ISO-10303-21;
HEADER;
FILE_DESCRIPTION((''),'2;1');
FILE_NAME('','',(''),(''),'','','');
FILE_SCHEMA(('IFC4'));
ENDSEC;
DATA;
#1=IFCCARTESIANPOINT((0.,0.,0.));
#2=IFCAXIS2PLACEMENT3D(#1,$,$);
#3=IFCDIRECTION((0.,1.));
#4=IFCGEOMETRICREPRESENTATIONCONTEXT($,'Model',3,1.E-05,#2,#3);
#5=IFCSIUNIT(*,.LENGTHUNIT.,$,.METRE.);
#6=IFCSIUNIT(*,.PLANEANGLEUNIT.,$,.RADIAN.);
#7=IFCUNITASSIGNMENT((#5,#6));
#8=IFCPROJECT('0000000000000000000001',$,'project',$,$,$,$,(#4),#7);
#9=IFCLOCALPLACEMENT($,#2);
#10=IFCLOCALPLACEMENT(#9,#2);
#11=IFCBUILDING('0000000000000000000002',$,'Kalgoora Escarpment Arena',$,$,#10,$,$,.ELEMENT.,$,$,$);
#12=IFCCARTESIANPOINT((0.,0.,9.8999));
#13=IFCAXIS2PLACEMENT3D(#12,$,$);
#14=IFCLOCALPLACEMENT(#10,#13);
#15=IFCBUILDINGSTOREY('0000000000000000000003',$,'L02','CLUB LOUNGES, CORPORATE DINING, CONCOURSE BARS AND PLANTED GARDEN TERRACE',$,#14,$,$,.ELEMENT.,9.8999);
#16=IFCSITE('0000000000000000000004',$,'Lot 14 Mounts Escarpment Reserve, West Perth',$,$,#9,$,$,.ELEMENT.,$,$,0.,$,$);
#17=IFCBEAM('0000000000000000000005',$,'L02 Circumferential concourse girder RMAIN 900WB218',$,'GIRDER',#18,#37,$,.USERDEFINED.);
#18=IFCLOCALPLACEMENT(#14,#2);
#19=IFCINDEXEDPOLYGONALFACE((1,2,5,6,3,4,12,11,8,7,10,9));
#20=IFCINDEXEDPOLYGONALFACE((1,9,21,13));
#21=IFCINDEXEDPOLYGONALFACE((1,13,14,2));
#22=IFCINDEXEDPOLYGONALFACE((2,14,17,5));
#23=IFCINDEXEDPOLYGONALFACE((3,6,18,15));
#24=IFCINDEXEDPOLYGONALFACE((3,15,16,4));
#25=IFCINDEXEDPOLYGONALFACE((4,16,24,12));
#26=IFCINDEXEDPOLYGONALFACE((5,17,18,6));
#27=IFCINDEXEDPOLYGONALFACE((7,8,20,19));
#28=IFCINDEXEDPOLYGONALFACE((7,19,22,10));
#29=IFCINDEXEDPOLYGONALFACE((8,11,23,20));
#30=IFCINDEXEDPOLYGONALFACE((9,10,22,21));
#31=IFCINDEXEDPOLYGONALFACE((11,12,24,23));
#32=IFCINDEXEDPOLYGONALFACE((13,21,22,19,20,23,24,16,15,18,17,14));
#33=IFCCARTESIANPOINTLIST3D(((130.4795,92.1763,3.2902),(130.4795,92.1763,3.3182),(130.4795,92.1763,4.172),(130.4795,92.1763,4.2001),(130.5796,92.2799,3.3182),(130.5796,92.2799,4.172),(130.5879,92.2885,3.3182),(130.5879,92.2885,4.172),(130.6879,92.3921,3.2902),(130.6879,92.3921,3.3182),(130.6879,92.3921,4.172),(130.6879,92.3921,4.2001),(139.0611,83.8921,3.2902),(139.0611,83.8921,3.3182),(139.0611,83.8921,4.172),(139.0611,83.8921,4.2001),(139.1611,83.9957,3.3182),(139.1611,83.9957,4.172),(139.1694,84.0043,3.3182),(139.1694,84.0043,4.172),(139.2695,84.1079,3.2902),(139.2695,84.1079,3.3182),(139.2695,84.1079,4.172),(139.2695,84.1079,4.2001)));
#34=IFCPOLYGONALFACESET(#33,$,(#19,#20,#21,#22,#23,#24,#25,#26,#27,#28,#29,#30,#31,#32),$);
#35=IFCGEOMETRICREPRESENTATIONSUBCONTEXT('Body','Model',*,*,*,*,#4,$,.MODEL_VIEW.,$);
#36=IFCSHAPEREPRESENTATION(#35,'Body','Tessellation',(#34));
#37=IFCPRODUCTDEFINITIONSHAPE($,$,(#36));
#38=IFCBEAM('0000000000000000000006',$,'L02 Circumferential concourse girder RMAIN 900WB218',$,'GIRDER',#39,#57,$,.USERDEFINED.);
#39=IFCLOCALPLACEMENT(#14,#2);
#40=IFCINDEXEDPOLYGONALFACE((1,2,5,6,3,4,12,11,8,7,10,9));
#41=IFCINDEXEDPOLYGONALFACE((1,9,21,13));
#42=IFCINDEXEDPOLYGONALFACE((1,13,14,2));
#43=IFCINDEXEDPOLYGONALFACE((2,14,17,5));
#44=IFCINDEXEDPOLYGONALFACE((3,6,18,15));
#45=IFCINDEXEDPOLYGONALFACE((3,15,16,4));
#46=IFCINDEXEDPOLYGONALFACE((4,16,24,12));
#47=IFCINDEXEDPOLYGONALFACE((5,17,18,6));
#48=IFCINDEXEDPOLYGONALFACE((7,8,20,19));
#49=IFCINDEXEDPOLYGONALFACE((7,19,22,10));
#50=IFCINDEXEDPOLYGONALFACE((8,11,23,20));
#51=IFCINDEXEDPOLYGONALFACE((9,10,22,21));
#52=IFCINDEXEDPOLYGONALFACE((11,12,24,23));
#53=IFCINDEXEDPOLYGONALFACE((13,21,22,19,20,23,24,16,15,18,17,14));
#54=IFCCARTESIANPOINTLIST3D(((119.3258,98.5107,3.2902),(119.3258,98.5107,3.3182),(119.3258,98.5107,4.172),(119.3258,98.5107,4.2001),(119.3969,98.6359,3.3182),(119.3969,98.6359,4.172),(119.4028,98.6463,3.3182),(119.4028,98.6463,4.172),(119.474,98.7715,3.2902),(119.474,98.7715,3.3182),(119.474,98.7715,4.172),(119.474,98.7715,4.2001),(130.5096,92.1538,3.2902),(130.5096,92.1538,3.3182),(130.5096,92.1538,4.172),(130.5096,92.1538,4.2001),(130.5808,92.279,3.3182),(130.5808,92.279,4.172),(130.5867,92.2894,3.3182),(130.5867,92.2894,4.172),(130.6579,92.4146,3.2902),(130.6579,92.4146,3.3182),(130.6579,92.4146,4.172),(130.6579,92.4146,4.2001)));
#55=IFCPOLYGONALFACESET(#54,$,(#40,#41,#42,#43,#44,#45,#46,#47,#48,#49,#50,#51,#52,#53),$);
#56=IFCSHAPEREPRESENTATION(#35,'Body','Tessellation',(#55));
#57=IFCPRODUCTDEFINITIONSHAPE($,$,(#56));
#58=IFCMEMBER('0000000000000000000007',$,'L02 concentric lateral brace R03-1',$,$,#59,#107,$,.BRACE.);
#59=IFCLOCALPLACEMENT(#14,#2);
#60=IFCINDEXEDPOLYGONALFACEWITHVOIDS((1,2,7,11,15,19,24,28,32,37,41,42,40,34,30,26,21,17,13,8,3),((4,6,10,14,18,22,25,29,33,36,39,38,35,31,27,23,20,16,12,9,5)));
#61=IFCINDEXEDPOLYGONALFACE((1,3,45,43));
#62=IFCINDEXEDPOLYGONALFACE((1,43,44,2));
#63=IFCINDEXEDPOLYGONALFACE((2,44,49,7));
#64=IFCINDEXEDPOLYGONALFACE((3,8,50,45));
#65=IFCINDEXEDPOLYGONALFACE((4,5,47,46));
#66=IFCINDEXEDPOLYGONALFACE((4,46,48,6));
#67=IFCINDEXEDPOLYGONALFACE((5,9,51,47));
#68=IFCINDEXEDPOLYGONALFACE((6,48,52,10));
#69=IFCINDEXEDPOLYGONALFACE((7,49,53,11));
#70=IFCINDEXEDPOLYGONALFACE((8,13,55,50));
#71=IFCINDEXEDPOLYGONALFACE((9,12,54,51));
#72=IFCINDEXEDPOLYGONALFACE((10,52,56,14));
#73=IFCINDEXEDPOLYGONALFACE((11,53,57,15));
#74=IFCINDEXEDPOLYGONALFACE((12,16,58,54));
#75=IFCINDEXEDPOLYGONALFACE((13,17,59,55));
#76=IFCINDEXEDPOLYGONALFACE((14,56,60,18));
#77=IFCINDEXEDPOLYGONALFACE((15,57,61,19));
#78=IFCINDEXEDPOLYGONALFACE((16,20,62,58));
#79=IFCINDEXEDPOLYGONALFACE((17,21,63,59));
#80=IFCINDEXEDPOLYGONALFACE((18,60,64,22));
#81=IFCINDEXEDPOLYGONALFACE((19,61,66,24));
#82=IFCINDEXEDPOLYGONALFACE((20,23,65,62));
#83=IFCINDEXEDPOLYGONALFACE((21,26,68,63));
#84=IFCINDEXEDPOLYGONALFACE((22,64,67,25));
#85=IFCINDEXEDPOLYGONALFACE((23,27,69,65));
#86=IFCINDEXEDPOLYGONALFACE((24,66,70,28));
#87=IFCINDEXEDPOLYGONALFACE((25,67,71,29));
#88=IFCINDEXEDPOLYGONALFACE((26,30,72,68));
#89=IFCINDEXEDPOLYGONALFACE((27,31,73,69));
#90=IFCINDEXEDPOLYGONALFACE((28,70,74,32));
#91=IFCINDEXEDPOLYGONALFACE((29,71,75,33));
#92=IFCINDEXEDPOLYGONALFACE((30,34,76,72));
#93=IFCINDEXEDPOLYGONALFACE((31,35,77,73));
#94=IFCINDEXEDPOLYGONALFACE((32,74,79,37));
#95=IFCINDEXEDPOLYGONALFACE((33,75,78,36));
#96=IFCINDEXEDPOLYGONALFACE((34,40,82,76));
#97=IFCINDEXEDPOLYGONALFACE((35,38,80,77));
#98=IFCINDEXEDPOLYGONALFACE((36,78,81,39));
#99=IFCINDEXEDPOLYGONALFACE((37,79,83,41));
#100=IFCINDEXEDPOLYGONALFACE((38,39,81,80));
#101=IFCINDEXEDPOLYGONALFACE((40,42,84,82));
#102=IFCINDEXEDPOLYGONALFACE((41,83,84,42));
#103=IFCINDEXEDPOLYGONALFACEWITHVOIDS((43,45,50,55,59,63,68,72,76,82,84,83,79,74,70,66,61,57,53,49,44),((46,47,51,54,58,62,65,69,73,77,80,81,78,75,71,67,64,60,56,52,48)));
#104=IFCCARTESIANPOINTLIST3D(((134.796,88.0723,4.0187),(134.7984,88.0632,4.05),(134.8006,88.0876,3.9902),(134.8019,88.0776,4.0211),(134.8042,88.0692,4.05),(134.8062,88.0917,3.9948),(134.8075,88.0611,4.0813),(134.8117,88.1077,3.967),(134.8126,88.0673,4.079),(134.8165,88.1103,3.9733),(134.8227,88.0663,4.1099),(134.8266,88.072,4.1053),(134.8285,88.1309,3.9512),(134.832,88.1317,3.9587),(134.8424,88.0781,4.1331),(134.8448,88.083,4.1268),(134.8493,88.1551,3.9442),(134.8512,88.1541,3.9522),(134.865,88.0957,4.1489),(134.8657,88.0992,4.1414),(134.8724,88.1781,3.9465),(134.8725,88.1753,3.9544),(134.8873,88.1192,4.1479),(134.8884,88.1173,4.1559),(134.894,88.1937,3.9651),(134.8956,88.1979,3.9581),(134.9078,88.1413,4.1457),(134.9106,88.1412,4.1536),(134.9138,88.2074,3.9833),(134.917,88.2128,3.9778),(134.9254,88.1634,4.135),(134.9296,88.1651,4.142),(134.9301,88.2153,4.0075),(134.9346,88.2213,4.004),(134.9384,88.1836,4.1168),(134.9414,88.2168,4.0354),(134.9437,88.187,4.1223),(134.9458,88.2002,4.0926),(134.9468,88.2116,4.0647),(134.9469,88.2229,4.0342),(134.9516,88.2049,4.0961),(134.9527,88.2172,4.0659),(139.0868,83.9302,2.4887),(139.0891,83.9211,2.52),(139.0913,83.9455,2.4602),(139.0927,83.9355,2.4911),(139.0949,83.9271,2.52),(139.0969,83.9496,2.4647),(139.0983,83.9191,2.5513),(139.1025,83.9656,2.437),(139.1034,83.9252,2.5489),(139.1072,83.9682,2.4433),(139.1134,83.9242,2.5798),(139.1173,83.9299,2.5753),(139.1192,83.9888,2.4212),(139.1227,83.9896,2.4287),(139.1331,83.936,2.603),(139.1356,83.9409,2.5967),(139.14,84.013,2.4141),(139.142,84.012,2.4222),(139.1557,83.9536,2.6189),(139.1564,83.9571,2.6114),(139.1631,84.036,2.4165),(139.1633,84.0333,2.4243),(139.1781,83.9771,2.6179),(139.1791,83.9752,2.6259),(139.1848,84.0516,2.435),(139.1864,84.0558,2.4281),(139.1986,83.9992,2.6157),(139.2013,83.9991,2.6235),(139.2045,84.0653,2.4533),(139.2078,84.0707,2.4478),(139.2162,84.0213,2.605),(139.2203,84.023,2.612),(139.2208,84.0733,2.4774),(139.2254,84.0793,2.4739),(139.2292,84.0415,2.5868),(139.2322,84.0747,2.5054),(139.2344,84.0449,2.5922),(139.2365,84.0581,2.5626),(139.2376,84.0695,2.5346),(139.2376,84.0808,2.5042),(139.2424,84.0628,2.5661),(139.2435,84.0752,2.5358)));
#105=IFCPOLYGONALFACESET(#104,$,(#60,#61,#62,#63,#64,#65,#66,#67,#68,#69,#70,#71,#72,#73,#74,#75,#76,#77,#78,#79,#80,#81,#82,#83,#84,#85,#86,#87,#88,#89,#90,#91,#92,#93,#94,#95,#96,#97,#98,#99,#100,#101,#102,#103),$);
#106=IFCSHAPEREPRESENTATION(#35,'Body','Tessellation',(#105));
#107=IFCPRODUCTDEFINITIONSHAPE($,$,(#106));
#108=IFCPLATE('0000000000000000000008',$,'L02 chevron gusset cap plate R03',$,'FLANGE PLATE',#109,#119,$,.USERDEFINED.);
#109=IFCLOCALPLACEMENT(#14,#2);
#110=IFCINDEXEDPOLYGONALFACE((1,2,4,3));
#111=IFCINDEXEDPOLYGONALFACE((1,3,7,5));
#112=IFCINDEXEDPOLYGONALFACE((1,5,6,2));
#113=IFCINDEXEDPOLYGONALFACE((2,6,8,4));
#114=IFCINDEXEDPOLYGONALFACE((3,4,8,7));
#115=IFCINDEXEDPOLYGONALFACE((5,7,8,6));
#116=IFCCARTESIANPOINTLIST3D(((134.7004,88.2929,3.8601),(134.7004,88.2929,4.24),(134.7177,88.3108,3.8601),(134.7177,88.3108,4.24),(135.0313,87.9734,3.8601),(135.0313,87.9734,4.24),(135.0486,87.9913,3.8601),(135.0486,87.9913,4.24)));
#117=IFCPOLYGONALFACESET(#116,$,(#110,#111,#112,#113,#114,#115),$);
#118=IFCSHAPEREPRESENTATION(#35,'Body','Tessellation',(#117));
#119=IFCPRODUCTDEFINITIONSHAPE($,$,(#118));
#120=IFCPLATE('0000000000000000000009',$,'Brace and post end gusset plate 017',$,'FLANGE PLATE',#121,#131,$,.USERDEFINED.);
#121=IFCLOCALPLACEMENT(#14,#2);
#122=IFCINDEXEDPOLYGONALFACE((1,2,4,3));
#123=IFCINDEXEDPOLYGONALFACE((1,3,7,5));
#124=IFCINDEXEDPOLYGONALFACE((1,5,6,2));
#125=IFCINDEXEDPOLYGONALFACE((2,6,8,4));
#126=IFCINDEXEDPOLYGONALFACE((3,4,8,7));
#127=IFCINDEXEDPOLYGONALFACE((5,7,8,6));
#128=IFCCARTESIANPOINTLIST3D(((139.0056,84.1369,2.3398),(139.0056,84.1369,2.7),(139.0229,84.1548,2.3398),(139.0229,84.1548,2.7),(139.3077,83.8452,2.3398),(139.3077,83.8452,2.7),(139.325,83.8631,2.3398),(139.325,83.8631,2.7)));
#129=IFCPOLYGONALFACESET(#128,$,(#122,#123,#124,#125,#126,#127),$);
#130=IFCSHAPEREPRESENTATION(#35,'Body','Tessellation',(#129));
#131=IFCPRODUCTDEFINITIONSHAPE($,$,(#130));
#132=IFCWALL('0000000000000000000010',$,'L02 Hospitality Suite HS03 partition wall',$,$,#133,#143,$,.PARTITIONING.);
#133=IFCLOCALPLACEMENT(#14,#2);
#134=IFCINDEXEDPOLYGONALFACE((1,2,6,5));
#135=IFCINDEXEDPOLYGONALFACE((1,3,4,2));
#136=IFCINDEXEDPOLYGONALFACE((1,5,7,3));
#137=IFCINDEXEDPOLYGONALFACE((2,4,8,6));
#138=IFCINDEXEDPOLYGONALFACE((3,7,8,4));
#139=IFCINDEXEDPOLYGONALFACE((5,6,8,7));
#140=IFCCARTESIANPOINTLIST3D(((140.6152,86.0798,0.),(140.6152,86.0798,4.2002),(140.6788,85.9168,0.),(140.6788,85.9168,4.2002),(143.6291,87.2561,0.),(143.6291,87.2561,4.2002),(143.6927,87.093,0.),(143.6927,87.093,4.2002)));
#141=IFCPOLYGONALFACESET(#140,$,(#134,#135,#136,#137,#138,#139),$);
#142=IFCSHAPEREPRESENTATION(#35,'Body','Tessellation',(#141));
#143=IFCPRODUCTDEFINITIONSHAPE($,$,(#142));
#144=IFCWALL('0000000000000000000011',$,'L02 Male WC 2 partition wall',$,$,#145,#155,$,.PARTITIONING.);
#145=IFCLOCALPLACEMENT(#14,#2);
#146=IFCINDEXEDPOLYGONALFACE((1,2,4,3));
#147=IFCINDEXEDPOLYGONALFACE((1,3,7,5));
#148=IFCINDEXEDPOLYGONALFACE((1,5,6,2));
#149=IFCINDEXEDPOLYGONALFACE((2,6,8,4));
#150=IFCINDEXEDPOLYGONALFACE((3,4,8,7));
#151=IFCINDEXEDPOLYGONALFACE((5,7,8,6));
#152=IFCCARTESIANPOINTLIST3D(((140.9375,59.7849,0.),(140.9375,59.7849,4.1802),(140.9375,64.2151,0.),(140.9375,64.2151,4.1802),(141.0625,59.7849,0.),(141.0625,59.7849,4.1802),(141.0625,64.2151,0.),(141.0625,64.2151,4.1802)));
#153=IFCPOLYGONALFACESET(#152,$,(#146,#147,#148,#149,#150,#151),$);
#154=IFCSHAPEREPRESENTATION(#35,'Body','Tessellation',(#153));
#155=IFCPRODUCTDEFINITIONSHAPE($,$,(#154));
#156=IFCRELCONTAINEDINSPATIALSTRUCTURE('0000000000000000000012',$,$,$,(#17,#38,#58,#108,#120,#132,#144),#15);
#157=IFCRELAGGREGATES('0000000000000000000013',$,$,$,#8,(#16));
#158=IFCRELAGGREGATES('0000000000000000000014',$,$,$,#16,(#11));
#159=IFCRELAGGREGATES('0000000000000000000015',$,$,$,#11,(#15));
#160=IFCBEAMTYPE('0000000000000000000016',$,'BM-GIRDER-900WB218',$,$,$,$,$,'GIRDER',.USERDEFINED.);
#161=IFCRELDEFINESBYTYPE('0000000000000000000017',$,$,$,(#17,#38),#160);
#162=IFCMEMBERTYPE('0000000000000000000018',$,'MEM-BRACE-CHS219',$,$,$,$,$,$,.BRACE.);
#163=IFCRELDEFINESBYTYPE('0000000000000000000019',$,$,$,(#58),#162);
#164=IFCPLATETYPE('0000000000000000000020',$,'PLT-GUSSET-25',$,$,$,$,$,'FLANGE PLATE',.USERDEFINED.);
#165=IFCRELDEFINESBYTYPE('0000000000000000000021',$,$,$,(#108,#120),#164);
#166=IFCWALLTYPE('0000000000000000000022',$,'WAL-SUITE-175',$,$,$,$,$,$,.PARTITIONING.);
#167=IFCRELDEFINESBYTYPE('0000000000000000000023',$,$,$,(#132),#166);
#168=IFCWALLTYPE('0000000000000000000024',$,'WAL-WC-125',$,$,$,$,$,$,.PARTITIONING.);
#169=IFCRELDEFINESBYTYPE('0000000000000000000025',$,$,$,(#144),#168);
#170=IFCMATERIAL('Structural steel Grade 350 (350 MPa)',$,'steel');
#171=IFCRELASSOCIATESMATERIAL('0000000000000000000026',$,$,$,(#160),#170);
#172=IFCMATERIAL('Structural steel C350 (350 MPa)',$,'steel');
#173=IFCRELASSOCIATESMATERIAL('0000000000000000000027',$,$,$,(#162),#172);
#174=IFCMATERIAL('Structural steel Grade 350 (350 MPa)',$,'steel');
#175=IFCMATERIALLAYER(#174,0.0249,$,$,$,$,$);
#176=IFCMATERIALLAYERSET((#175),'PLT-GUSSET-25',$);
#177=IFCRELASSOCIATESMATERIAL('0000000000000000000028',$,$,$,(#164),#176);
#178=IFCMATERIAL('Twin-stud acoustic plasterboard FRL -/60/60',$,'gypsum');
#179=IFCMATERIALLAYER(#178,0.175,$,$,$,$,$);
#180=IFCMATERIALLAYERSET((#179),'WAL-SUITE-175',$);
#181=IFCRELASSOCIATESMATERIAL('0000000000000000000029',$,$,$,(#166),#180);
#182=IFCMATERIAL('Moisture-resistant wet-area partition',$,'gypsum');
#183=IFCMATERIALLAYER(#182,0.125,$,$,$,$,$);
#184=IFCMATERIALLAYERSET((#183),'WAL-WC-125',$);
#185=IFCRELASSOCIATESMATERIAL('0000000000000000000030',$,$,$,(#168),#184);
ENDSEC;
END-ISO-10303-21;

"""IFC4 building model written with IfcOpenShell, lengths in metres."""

from ifc_helpers import new_model, si_unit, direction, frame, frame_2d, origin, origin_2d, place, context, subcontext, project, spatial, rectangle, hollow_circle, i_section, extrude, material, layer, layer_set, material_profile, profile_set, type_object, element, save


model = new_model("IFC4")

# Units and contexts
model_context = context("Model", 3, precision=1e-05, world=origin(), true_north=direction((0.0, 1.0)))
body_context = subcontext(model_context, "Body", "Model", "MODEL_VIEW")
ifc_project = project(units=[si_unit("LENGTHUNIT", "METRE"), si_unit("PLANEANGLEUNIT", "RADIAN")], contexts=[model_context])

# Site, building, storey
site_placement = place(None, origin())
site = spatial("IfcSite", under=ifc_project, at=site_placement, Name="Lot 14 Mounts Escarpment Reserve, West Perth", CompositionType="ELEMENT", RefElevation=0.0)
building_placement = place(site_placement, origin())
building = spatial("IfcBuilding", under=site, at=building_placement, Name="Kalgoora Escarpment Arena", CompositionType="ELEMENT")
storey_placement = place(building_placement, frame((0.0, 0.0, 9.8999)))
storey = spatial("IfcBuildingStorey", under=building, at=storey_placement, Name="L02", Description="CLUB LOUNGES, CORPORATE DINING, CONCOURSE BARS AND PLANTED GARDEN TERRACE", CompositionType="ELEMENT", Elevation=9.8999)

# Beams
ifc_material_1 = material(Name="Structural steel Grade 350 (350 MPa)", Category="steel")
ifc_material_profile_1 = material_profile(ifc_material_1, i_section(OverallWidth=0.3, OverallDepth=0.9099, WebThickness=0.012, FlangeThickness=0.0281, at=origin_2d()))
ifc_profile_set_1 = profile_set([ifc_material_profile_1], Name="Structural steel Grade 350 (350 MPa)")
beam_type_1 = type_object("IfcBeamType", Name="BM-GIRDER-900WB218", ElementType="GIRDER", PredefinedType="USERDEFINED", material=ifc_profile_set_1)
beam_1_placement = place(storey_placement, frame((139.1653, 84.0, 3.7451), z_axis=(-0.719462, 0.694532, 0.0), x_axis=(-0.694532, -0.719462, 0.0)))
element("IfcBeam", 1, at=beam_1_placement, inside=storey, type_object=beam_type_1, Name="L02 Circumferential concourse girder RMAIN 900WB218", ObjectType="GIRDER", PredefinedType="USERDEFINED", context=body_context, shape_type="SweptSolid", body=[
    extrude(i_section(OverallWidth=0.3, OverallDepth=0.9099, WebThickness=0.012, FlangeThickness=0.0281, at=origin_2d()), origin(), (0.0, 0.0, 1.0), 11.9277),
])
beam_2_placement = place(storey_placement, frame((130.5837, 92.2842, 3.7451), z_axis=(-0.869374, 0.494155, 0.0), x_axis=(-0.494155, -0.869374, 0.0)))
element("IfcBeam", 2, at=beam_2_placement, inside=storey, type_object=beam_type_1, Name="L02 Circumferential concourse girder RMAIN 900WB218", ObjectType="GIRDER", PredefinedType="USERDEFINED", context=body_context, shape_type="SweptSolid", body=[
    extrude(i_section(OverallWidth=0.3, OverallDepth=0.9099, WebThickness=0.012, FlangeThickness=0.0281, at=origin_2d()), origin(), (0.0, 0.0, 1.0), 12.8643),
])

# Member
ifc_material_2 = material(Name="Structural steel C350 (350 MPa)", Category="steel")
ifc_material_profile_2 = material_profile(ifc_material_2, hollow_circle(Radius=0.1096, WallThickness=0.0083, at=origin_2d()))
ifc_profile_set_2 = profile_set([ifc_material_profile_2], Name="Structural steel C350 (350 MPa)")
member_type = type_object("IfcMemberType", Name="MEM-BRACE-CHS219", PredefinedType="BRACE", material=ifc_profile_set_2)
member_placement = place(storey_placement, frame((139.1653, 84.0, 2.52), z_axis=(-0.696893, 0.672745, 0.248503), x_axis=(-0.694532, -0.719462, 0.0)))
element("IfcMember", 3, at=member_placement, inside=storey, type_object=member_type, Name="L02 concentric lateral brace R03-1", PredefinedType="BRACE", context=body_context, shape_type="SweptSolid", body=[
    extrude(hollow_circle(Radius=0.1096, WallThickness=0.0083, at=origin_2d()), origin(), (0.0, 0.0, 1.0), 6.157),
])

# Plates
ifc_material_3 = material(Name="Structural steel Grade 350 (350 MPa)", Category="steel")
ifc_layer_1 = layer(ifc_material_3, 0.0249)
ifc_layer_set_1 = layer_set([ifc_layer_1], Name="PLT-GUSSET-25")
plate_type = type_object("IfcPlateType", Name="PLT-GUSSET-25", ElementType="FLANGE PLATE", PredefinedType="USERDEFINED", material=ifc_layer_set_1)
plate_1_placement = place(storey_placement, frame((134.8745, 88.1421, 3.8601), z_axis=(0.0, 0.0, 1.0), x_axis=(-0.719461, 0.694533, 0.0)))
element("IfcPlate", 4, at=plate_1_placement, inside=storey, type_object=plate_type, Name="L02 chevron gusset cap plate R03", ObjectType="FLANGE PLATE", PredefinedType="USERDEFINED", context=body_context, shape_type="SweptSolid", body=[
    extrude(rectangle(XDim=0.46, YDim=0.0249, at=origin_2d()), origin(), (0.0, 0.0, 1.0), 0.3799),
])
plate_2_placement = place(storey_placement, frame((139.1653, 84.0, 2.3398), z_axis=(0.0, 0.0, 1.0), x_axis=(-0.71934, 0.694658, 0.0)))
element("IfcPlate", 5, at=plate_2_placement, inside=storey, type_object=plate_type, Name="Brace and post end gusset plate 017", ObjectType="FLANGE PLATE", PredefinedType="USERDEFINED", context=body_context, shape_type="SweptSolid", body=[
    extrude(rectangle(XDim=0.4199, YDim=0.0249, at=origin_2d()), origin(), (0.0, 0.0, 1.0), 0.3601),
])

# Walls
ifc_material_4 = material(Name="Twin-stud acoustic plasterboard FRL -/60/60", Category="gypsum")
ifc_layer_2 = layer(ifc_material_4, 0.175)
ifc_layer_set_2 = layer_set([ifc_layer_2], Name="WAL-SUITE-175")
wall_type_1 = type_object("IfcWallType", Name="WAL-SUITE-175", PredefinedType="PARTITIONING", material=ifc_layer_set_2)
wall_1_placement = place(storey_placement, frame((140.647, 85.9983, 0.0), z_axis=(0.0, 0.0, 1.0), x_axis=(0.931566, 0.363571, 0.0)))
element("IfcWall", 6, at=wall_1_placement, inside=storey, type_object=wall_type_1, Name="L02 Hospitality Suite HS03 partition wall", PredefinedType="PARTITIONING", context=body_context, shape_type="SweptSolid", body=[
    extrude(rectangle(XDim=3.2354, YDim=0.175, at=frame_2d((1.6177, 0.0))), origin(), (0.0, 0.0, 1.0), 4.2002),
])
ifc_material_5 = material(Name="Moisture-resistant wet-area partition", Category="gypsum")
ifc_layer_3 = layer(ifc_material_5, 0.125)
ifc_layer_set_3 = layer_set([ifc_layer_3], Name="WAL-WC-125")
wall_type_2 = type_object("IfcWallType", Name="WAL-WC-125", PredefinedType="PARTITIONING", material=ifc_layer_set_3)
wall_2_placement = place(storey_placement, frame((141.0, 59.7849, 0.0), z_axis=(0.0, 0.0, 1.0), x_axis=(0.0, 1.0, 0.0)))
element("IfcWall", 7, at=wall_2_placement, inside=storey, type_object=wall_type_2, Name="L02 Male WC 2 partition wall", PredefinedType="PARTITIONING", context=body_context, shape_type="SweptSolid", body=[
    extrude(rectangle(XDim=4.4302, YDim=0.125, at=frame_2d((2.2151, 0.0))), origin(), (0.0, 0.0, 1.0), 4.1802),
])

save(model, "model.ifc")
